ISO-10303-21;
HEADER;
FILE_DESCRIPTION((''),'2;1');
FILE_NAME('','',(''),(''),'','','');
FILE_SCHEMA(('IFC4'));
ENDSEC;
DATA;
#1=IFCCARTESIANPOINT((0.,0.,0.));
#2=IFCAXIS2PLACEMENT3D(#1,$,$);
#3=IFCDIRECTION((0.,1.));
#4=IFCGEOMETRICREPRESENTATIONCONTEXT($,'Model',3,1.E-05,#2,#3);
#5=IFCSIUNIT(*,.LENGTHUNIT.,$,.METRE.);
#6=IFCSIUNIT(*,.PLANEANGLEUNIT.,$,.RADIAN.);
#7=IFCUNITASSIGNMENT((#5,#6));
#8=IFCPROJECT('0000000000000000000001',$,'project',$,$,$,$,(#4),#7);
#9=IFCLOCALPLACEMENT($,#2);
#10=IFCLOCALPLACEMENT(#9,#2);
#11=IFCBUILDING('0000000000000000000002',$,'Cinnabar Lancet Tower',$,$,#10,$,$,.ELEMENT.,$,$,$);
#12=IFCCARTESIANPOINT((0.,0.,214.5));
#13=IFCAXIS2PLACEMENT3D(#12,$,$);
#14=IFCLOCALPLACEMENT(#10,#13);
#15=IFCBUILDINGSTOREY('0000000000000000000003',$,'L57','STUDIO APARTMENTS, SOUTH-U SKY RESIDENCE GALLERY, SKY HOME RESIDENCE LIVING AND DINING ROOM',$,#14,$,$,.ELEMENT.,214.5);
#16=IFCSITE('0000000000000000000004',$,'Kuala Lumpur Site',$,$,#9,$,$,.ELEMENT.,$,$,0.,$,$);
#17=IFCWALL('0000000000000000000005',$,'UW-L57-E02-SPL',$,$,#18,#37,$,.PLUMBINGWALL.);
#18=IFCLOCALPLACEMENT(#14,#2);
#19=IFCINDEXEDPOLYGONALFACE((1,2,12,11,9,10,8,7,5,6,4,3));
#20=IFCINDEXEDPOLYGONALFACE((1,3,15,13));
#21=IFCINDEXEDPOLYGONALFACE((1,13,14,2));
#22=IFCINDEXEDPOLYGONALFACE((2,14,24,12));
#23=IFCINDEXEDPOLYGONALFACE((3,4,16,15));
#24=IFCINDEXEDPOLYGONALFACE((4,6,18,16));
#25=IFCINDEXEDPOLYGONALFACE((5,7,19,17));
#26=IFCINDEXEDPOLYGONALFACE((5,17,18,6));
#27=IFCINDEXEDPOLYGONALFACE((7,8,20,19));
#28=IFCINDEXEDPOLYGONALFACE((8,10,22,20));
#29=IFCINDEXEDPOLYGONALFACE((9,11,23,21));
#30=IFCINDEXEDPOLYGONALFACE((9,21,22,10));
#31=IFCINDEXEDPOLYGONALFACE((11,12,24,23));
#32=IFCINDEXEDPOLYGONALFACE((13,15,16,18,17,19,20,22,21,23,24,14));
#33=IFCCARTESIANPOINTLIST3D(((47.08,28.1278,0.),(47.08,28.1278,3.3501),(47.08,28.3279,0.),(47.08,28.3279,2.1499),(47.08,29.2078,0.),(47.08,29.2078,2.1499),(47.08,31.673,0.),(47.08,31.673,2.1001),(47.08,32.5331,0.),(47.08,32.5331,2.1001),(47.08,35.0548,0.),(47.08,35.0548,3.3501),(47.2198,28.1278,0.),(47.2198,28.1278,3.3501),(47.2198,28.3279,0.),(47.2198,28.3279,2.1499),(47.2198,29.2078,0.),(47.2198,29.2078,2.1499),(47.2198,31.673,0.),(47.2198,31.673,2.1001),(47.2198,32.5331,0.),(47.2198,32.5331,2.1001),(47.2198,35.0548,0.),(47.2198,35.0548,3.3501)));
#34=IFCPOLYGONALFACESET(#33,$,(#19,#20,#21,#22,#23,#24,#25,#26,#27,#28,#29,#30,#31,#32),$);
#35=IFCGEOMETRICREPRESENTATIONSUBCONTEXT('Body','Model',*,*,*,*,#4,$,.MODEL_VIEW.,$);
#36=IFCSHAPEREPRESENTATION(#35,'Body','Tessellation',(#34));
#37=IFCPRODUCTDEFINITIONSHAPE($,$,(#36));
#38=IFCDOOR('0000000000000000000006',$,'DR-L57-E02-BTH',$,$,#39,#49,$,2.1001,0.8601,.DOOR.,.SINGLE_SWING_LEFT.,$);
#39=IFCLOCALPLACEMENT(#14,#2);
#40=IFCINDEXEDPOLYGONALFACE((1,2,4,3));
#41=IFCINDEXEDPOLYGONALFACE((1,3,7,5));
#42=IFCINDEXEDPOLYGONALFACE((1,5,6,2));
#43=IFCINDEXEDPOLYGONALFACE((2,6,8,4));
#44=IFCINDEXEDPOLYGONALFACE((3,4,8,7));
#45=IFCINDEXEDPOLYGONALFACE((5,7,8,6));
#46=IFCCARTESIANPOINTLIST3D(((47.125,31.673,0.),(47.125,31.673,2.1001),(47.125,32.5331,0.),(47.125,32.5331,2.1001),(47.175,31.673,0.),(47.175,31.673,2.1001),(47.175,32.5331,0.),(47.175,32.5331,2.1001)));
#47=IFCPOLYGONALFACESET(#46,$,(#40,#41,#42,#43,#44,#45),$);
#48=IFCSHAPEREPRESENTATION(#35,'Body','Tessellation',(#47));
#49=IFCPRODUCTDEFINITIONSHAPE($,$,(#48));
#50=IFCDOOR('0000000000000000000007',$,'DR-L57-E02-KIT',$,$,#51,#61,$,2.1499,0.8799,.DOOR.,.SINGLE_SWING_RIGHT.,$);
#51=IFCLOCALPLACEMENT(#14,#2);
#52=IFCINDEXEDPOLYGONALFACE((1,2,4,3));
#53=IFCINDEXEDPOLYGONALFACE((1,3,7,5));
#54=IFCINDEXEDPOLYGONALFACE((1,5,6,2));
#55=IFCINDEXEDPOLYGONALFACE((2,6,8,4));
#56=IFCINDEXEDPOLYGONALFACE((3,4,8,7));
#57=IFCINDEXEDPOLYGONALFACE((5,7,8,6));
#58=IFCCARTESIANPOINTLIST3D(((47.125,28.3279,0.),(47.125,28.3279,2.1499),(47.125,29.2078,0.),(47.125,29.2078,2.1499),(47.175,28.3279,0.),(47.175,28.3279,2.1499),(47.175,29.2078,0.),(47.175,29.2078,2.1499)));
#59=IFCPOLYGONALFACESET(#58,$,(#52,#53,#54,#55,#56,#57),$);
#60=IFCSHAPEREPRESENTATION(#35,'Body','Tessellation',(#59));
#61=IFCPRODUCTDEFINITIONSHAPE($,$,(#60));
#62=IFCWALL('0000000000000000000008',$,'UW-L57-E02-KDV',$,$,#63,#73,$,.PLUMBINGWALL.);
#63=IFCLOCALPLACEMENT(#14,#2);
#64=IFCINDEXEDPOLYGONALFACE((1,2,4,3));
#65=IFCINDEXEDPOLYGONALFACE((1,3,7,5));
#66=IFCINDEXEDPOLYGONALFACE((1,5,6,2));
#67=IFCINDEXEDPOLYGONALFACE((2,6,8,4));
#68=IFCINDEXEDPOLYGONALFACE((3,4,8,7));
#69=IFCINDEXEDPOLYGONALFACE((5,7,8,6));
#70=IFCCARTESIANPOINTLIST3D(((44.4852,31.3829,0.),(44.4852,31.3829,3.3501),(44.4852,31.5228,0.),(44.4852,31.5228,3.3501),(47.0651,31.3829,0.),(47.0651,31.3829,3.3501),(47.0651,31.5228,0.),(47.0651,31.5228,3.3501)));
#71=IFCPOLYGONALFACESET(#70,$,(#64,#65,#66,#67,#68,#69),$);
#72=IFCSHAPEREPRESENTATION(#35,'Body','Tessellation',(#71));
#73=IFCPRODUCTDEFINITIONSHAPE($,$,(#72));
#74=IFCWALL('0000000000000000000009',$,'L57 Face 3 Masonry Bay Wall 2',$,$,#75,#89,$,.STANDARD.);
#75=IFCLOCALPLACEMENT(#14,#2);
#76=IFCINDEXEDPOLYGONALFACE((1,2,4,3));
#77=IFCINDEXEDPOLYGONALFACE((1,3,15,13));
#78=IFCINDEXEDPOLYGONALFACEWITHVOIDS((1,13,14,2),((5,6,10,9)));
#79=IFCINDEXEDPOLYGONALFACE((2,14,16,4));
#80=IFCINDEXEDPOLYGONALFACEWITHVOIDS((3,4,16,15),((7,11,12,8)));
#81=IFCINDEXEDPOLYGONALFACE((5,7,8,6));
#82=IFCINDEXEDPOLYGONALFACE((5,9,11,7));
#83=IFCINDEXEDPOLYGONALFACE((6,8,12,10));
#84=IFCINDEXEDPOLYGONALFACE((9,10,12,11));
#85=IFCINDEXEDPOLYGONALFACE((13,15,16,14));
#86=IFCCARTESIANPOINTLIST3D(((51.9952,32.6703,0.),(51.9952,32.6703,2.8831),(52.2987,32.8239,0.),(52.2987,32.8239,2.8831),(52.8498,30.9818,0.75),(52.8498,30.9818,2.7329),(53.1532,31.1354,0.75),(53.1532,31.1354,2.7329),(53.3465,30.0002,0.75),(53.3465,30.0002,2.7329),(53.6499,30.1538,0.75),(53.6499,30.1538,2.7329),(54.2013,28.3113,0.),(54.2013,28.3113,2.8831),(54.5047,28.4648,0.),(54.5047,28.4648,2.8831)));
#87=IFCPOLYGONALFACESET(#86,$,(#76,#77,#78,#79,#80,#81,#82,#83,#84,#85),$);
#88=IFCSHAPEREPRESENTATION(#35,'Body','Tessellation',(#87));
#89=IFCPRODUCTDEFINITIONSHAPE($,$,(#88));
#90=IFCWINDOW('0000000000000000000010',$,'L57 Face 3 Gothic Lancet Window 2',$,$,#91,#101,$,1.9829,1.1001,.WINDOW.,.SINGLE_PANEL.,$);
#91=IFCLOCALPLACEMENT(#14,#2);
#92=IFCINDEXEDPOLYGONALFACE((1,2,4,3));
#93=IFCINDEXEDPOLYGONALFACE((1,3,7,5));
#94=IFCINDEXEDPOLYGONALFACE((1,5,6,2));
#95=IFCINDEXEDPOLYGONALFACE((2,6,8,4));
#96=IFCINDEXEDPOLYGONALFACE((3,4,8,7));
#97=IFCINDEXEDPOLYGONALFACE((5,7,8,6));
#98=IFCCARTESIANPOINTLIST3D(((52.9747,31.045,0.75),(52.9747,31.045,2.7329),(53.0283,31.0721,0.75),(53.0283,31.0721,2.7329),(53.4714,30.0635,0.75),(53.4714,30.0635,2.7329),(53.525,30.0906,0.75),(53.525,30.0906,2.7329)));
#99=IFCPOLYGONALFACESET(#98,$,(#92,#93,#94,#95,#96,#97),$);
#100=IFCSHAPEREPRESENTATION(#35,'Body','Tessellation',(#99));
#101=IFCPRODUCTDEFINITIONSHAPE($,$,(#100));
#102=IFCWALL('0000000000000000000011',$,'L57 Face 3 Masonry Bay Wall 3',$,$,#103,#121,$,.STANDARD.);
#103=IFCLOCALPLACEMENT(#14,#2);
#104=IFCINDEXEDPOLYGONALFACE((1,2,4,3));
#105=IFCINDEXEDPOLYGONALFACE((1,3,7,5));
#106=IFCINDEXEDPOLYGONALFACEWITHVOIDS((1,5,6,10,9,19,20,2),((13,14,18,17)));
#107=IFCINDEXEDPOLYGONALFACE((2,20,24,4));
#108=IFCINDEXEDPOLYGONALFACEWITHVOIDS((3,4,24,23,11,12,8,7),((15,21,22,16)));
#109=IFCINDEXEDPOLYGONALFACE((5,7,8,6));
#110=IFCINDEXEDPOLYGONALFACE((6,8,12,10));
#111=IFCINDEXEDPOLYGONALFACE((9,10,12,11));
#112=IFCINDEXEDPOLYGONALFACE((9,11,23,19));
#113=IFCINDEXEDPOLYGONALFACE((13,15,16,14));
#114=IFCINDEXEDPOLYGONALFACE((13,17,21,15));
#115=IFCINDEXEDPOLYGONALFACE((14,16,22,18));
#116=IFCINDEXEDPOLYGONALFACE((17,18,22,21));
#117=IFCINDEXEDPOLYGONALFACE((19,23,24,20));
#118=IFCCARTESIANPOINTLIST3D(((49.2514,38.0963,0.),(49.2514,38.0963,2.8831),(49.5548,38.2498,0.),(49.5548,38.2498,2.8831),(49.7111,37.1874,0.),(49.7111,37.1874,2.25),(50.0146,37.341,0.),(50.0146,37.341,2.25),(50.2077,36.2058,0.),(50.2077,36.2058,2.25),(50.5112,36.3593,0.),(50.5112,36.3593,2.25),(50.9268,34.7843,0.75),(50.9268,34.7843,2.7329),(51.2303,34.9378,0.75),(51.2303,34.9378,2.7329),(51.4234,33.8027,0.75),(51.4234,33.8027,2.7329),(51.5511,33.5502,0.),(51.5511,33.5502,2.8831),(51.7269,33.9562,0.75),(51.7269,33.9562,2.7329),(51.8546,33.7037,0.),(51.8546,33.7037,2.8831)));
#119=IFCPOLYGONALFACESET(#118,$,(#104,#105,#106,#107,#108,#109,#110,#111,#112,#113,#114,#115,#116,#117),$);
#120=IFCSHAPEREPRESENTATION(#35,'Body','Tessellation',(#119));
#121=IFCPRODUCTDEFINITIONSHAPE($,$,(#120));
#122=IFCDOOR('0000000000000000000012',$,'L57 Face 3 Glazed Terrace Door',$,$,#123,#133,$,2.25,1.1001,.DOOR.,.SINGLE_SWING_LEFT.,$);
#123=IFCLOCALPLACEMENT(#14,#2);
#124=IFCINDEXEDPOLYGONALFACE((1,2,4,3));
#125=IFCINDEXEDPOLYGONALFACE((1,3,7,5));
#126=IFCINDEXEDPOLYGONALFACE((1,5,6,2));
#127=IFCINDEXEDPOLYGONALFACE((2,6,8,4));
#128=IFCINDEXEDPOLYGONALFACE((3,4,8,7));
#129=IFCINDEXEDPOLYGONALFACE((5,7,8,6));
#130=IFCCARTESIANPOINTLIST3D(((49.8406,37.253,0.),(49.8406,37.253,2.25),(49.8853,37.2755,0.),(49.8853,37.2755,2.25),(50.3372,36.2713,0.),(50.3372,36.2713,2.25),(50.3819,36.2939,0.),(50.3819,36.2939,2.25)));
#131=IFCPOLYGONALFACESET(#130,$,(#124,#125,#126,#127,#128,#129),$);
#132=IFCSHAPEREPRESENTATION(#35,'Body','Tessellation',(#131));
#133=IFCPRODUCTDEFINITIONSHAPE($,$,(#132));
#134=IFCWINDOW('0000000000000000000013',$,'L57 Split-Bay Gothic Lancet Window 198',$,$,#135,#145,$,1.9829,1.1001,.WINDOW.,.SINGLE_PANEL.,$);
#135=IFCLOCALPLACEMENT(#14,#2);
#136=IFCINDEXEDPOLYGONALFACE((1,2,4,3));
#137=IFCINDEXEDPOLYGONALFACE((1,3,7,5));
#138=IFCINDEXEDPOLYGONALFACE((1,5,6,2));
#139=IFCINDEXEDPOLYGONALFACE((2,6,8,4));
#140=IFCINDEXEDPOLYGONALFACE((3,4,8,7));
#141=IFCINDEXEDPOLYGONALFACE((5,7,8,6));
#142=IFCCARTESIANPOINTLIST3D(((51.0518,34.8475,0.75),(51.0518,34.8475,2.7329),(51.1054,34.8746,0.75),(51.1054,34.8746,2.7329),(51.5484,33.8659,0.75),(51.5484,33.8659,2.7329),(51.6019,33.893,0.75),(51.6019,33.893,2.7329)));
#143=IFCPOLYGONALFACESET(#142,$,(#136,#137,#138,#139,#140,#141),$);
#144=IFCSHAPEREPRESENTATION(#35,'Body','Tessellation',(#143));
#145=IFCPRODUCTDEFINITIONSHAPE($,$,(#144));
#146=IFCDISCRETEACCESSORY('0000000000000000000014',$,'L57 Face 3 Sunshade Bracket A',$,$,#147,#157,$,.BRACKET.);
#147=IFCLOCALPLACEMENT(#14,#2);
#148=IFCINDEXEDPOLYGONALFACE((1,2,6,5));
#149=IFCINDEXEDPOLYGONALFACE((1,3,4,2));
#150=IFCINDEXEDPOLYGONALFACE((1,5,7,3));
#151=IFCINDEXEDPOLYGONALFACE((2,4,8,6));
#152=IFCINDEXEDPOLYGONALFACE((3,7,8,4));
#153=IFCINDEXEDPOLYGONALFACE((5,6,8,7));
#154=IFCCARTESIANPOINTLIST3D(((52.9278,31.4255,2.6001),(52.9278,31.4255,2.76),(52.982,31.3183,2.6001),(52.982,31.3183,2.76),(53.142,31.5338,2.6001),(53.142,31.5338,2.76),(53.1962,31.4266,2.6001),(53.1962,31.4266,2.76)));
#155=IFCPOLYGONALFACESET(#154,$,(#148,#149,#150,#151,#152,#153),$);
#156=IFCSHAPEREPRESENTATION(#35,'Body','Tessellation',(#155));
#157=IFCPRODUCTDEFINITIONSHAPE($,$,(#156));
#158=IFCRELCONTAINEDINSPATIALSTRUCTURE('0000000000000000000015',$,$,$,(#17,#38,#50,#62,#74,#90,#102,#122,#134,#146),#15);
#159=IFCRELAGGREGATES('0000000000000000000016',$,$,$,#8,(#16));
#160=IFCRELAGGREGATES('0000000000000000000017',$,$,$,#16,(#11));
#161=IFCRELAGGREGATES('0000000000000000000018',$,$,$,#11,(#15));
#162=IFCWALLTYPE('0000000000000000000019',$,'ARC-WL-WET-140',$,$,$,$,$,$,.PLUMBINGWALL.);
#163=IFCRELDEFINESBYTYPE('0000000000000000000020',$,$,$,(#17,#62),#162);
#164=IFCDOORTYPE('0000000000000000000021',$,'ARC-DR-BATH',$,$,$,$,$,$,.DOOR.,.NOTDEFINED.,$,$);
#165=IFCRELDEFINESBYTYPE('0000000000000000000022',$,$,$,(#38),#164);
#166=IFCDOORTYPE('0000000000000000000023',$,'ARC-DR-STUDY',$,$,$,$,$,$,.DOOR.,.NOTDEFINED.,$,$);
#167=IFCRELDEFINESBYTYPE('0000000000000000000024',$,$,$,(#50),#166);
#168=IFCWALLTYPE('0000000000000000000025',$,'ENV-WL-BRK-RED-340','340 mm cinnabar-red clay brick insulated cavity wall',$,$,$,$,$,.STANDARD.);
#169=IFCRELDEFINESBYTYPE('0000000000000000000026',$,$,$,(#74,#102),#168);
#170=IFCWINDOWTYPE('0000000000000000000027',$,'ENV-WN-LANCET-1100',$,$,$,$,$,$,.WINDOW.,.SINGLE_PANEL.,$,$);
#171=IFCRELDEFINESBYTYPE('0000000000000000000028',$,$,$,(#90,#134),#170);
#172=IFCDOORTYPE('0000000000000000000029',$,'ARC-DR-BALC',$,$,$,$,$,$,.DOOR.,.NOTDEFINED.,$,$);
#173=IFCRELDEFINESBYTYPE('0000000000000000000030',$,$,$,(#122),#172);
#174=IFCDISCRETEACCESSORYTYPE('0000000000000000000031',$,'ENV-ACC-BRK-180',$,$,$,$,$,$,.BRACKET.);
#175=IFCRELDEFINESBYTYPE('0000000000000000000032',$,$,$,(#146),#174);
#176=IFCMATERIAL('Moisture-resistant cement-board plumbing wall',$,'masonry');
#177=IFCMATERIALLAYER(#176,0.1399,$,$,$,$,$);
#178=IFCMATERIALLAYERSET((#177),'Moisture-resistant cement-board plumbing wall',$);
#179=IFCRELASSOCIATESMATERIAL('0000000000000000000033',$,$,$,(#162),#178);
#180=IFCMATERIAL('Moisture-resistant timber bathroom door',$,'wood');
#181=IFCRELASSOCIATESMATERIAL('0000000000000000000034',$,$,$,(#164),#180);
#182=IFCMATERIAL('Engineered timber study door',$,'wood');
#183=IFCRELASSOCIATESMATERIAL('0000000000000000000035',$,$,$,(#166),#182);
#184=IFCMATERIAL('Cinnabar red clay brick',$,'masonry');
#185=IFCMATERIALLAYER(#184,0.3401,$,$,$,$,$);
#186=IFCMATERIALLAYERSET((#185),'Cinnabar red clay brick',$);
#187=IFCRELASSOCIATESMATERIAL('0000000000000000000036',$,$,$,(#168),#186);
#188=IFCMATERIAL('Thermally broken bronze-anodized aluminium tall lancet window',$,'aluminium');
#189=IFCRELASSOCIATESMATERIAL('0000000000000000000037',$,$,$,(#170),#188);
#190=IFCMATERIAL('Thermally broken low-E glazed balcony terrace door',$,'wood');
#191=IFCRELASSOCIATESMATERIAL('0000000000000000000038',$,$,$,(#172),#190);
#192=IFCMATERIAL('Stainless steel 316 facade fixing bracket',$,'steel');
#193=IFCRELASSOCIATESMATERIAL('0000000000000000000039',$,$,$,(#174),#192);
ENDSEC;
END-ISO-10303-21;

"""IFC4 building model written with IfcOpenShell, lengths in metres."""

from ifc_helpers import new_model, si_unit, direction, frame, frame_2d, origin, origin_2d, place, context, subcontext, project, spatial, rectangle, extrude, material, layer, layer_set, type_object, element, fill, save


model = new_model("IFC4")

# Units and contexts
model_context = context("Model", 3, precision=1e-05, world=origin(), true_north=direction((0.0, 1.0)))
body_context = subcontext(model_context, "Body", "Model", "MODEL_VIEW")
ifc_project = project(units=[si_unit("LENGTHUNIT", "METRE"), si_unit("PLANEANGLEUNIT", "RADIAN")], contexts=[model_context])

# Site, building, storey
site_placement = place(None, origin())
site = spatial("IfcSite", under=ifc_project, at=site_placement, Name="Kuala Lumpur Site", CompositionType="ELEMENT", RefElevation=0.0)
building_placement = place(site_placement, origin())
building = spatial("IfcBuilding", under=site, at=building_placement, Name="Cinnabar Lancet Tower", CompositionType="ELEMENT")
storey_placement = place(building_placement, frame((0.0, 0.0, 214.5)))
storey = spatial("IfcBuildingStorey", under=building, at=storey_placement, Name="L57", Description="STUDIO APARTMENTS, SOUTH-U SKY RESIDENCE GALLERY, SKY HOME RESIDENCE LIVING AND DINING ROOM", CompositionType="ELEMENT", Elevation=214.5)

# Wall, openings, doors
ifc_material_1 = material(Name="Moisture-resistant cement-board plumbing wall", Category="masonry")
ifc_layer_1 = layer(ifc_material_1, 0.1399)
ifc_layer_set_1 = layer_set([ifc_layer_1], Name="Moisture-resistant cement-board plumbing wall")
wall_type_1 = type_object("IfcWallType", Name="ARC-WL-WET-140", PredefinedType="PLUMBINGWALL", material=ifc_layer_set_1)
wall_1_placement = place(storey_placement, frame((47.1499, 28.1279, 0.0), z_axis=(0.0, 0.0, 1.0), x_axis=(0.0, 1.0, 0.0)))
wall_1 = element("IfcWall", 1, at=wall_1_placement, inside=storey, type_object=wall_type_1, Name="UW-L57-E02-SPL", PredefinedType="PLUMBINGWALL", context=body_context, shape_type="SweptSolid", body=[
    extrude(rectangle(XDim=6.927, YDim=0.1399, at=frame_2d((3.4634, 0.0))), origin(), (0.0, 0.0, 1.0), 3.3501),
])
opening_1_placement = place(wall_1_placement, frame((3.5449, 0.0, 0.0)))
opening_1 = element("IfcOpeningElement", 2, at=opening_1_placement, cuts=wall_1, PredefinedType="OPENING", context=body_context, shape_type="SweptSolid", body=[
    extrude(rectangle(XDim=0.8601, YDim=2.1001, at=frame_2d((0.4302, 1.05))), frame((0.0, 0.0798, 0.0), z_axis=(0.0, -1.0, 0.0), x_axis=(1.0, 0.0, 0.0)), (0.0, 0.0, 1.0), 0.1599),
])
opening_2_placement = place(wall_1_placement, frame((0.2, 0.0, 0.0)))
opening_2 = element("IfcOpeningElement", 3, at=opening_2_placement, cuts=wall_1, PredefinedType="OPENING", context=body_context, shape_type="SweptSolid", body=[
    extrude(rectangle(XDim=0.8799, YDim=2.1499, at=frame_2d((0.4399, 1.075))), frame((0.0, 0.0798, 0.0), z_axis=(0.0, -1.0, 0.0), x_axis=(1.0, 0.0, 0.0)), (0.0, 0.0, 1.0), 0.1599),
])
ifc_material_2 = material(Name="Moisture-resistant timber bathroom door", Category="wood")
door_type_1 = type_object("IfcDoorType", Name="ARC-DR-BATH", OperationType="NOTDEFINED", PredefinedType="DOOR", material=ifc_material_2)
door_1_placement = place(opening_1_placement, origin())
door_1 = element("IfcDoor", 4, at=door_1_placement, inside=storey, type_object=door_type_1, Name="DR-L57-E02-BTH", OperationType="SINGLE_SWING_LEFT", OverallHeight=2.1001, OverallWidth=0.8601, PredefinedType="DOOR", context=body_context, shape_type="SweptSolid", body=[
    extrude(rectangle(XDim=0.8601, YDim=2.1001, at=frame_2d((0.4302, 1.05))), frame((0.0, 0.0249, 0.0), z_axis=(0.0, -1.0, 0.0), x_axis=(1.0, 0.0, 0.0)), (0.0, 0.0, 1.0), 0.05),
])
fill(opening_1, door_1)
ifc_material_3 = material(Name="Engineered timber study door", Category="wood")
door_type_2 = type_object("IfcDoorType", Name="ARC-DR-STUDY", OperationType="NOTDEFINED", PredefinedType="DOOR", material=ifc_material_3)
door_2_placement = place(opening_2_placement, origin())
door_2 = element("IfcDoor", 5, at=door_2_placement, inside=storey, type_object=door_type_2, Name="DR-L57-E02-KIT", OperationType="SINGLE_SWING_RIGHT", OverallHeight=2.1499, OverallWidth=0.8799, PredefinedType="DOOR", context=body_context, shape_type="SweptSolid", body=[
    extrude(rectangle(XDim=0.8799, YDim=2.1499, at=frame_2d((0.4399, 1.075))), frame((0.0, 0.0249, 0.0), z_axis=(0.0, -1.0, 0.0), x_axis=(1.0, 0.0, 0.0)), (0.0, 0.0, 1.0), 0.05),
])
fill(opening_2, door_2)

# Wall
wall_2_placement = place(storey_placement, frame((44.4851, 31.4529, 0.0), z_axis=(0.0, 0.0, 1.0), x_axis=(1.0, 0.0, 0.0)))
element("IfcWall", 6, at=wall_2_placement, inside=storey, type_object=wall_type_1, Name="UW-L57-E02-KDV", PredefinedType="PLUMBINGWALL", context=body_context, shape_type="SweptSolid", body=[
    extrude(rectangle(XDim=2.5798, YDim=0.1399, at=frame_2d((1.29, 0.0))), origin(), (0.0, 0.0, 1.0), 3.3501),
])

# Wall, opening, window
ifc_material_4 = material(Name="Cinnabar red clay brick", Category="masonry")
ifc_layer_2 = layer(ifc_material_4, 0.3401)
ifc_layer_set_2 = layer_set([ifc_layer_2], Name="Cinnabar red clay brick")
wall_type_2 = type_object("IfcWallType", Name="ENV-WL-BRK-RED-340", Description="340 mm cinnabar-red clay brick insulated cavity wall", PredefinedType="STANDARD", material=ifc_layer_set_2)
wall_3_placement = place(storey_placement, frame((54.353, 28.3879, 0.0), z_axis=(0.0, 0.0, 1.0), x_axis=(-0.451546, 0.892248, 0.0)))
wall_3 = element("IfcWall", 7, at=wall_3_placement, inside=storey, type_object=wall_type_2, Name="L57 Face 3 Masonry Bay Wall 2", PredefinedType="STANDARD", context=body_context, shape_type="SweptSolid", body=[
    extrude(rectangle(XDim=4.8855, YDim=0.3401, at=frame_2d((2.4429, 0.0))), origin(), (0.0, 0.0, 1.0), 2.8831),
])
opening_3_placement = place(wall_3_placement, frame((1.8931, 0.0, 0.75)))
opening_3 = element("IfcOpeningElement", 8, at=opening_3_placement, cuts=wall_3, PredefinedType="OPENING", context=body_context, shape_type="SweptSolid", body=[
    extrude(rectangle(XDim=1.1001, YDim=1.9829, at=frame_2d((0.55, 0.9915))), frame((0.0, 0.1799, 0.0), z_axis=(0.0, -1.0, 0.0), x_axis=(1.0, 0.0, 0.0)), (0.0, 0.0, 1.0), 0.3601),
])
ifc_material_5 = material(Name="Thermally broken bronze-anodized aluminium tall lancet window", Category="aluminium")
window_type = type_object("IfcWindowType", Name="ENV-WN-LANCET-1100", PartitioningType="SINGLE_PANEL", PredefinedType="WINDOW", material=ifc_material_5)
window_1_placement = place(opening_3_placement, origin())
window_1 = element("IfcWindow", 9, at=window_1_placement, inside=storey, type_object=window_type, Name="L57 Face 3 Gothic Lancet Window 2", OverallHeight=1.9829, OverallWidth=1.1001, PartitioningType="SINGLE_PANEL", PredefinedType="WINDOW", context=body_context, shape_type="SweptSolid", body=[
    extrude(rectangle(XDim=1.1001, YDim=1.9829, at=frame_2d((0.55, 0.9915))), frame((0.0, 0.03, 0.0), z_axis=(0.0, -1.0, 0.0), x_axis=(1.0, 0.0, 0.0)), (0.0, 0.0, 1.0), 0.0601),
])
fill(opening_3, window_1)

# Wall, openings, door, window
wall_4_placement = place(storey_placement, frame((51.7029, 33.627, 0.0), z_axis=(0.0, 0.0, 1.0), x_axis=(-0.451406, 0.892318, 0.0)))
wall_4 = element("IfcWall", 10, at=wall_4_placement, inside=storey, type_object=wall_type_2, Name="L57 Face 3 Masonry Bay Wall 3", PredefinedType="STANDARD", context=body_context, shape_type="SweptSolid", body=[
    extrude(rectangle(XDim=5.0947, YDim=0.3401, at=frame_2d((2.5474, 0.0))), origin(), (0.0, 0.0, 1.0), 2.8831),
])
opening_4_placement = place(wall_4_placement, frame((2.9761, 0.0, 0.0)))
opening_4 = element("IfcOpeningElement", 11, at=opening_4_placement, cuts=wall_4, PredefinedType="OPENING", context=body_context, shape_type="SweptSolid", body=[
    extrude(rectangle(XDim=1.1001, YDim=2.25, at=frame_2d((0.55, 1.125))), frame((0.0, 0.1799, 0.0), z_axis=(0.0, -1.0, 0.0), x_axis=(1.0, 0.0, 0.0)), (0.0, 0.0, 1.0), 0.3601),
])
opening_5_placement = place(wall_4_placement, frame((0.283, 0.0, 0.75)))
opening_5 = element("IfcOpeningElement", 12, at=opening_5_placement, cuts=wall_4, PredefinedType="OPENING", context=body_context, shape_type="SweptSolid", body=[
    extrude(rectangle(XDim=1.1001, YDim=1.9829, at=frame_2d((0.55, 0.9915))), frame((0.0, 0.1799, 0.0), z_axis=(0.0, -1.0, 0.0), x_axis=(1.0, 0.0, 0.0)), (0.0, 0.0, 1.0), 0.3601),
])
ifc_material_6 = material(Name="Thermally broken low-E glazed balcony terrace door", Category="wood")
door_type_3 = type_object("IfcDoorType", Name="ARC-DR-BALC", OperationType="NOTDEFINED", PredefinedType="DOOR", material=ifc_material_6)
door_3_placement = place(opening_4_placement, origin())
door_3 = element("IfcDoor", 13, at=door_3_placement, inside=storey, type_object=door_type_3, Name="L57 Face 3 Glazed Terrace Door", OperationType="SINGLE_SWING_LEFT", OverallHeight=2.25, OverallWidth=1.1001, PredefinedType="DOOR", context=body_context, shape_type="SweptSolid", body=[
    extrude(rectangle(XDim=1.1001, YDim=2.25, at=frame_2d((0.55, 1.125))), frame((0.0, 0.0249, 0.0), z_axis=(0.0, -1.0, 0.0), x_axis=(1.0, 0.0, 0.0)), (0.0, 0.0, 1.0), 0.05),
])
fill(opening_4, door_3)
window_2_placement = place(opening_5_placement, origin())
window_2 = element("IfcWindow", 14, at=window_2_placement, inside=storey, type_object=window_type, Name="L57 Split-Bay Gothic Lancet Window 198", OverallHeight=1.9829, OverallWidth=1.1001, PartitioningType="SINGLE_PANEL", PredefinedType="WINDOW", context=body_context, shape_type="SweptSolid", body=[
    extrude(rectangle(XDim=1.1001, YDim=1.9829, at=frame_2d((0.55, 0.9915))), frame((0.0, 0.03, 0.0), z_axis=(0.0, -1.0, 0.0), x_axis=(1.0, 0.0, 0.0)), (0.0, 0.0, 1.0), 0.0601),
])
fill(opening_5, window_2)

# Discrete accessory
ifc_material_7 = material(Name="Stainless steel 316 facade fixing bracket", Category="steel")
discrete_accessory_type = type_object("IfcDiscreteAccessoryType", Name="ENV-ACC-BRK-180", PredefinedType="BRACKET", material=ifc_material_7)
discrete_accessory_placement = place(storey_placement, frame((53.062, 31.426, 2.6001), z_axis=(0.0, 0.0, 1.0), x_axis=(-0.451407, 0.892318, 0.0)))
element("IfcDiscreteAccessory", 15, at=discrete_accessory_placement, inside=storey, type_object=discrete_accessory_type, Name="L57 Face 3 Sunshade Bracket A", PredefinedType="BRACKET", context=body_context, shape_type="SweptSolid", body=[
    extrude(rectangle(XDim=0.1201, YDim=0.24, at=origin_2d()), origin(), (0.0, 0.0, 1.0), 0.1599),
])

save(model, "model.ifc")
